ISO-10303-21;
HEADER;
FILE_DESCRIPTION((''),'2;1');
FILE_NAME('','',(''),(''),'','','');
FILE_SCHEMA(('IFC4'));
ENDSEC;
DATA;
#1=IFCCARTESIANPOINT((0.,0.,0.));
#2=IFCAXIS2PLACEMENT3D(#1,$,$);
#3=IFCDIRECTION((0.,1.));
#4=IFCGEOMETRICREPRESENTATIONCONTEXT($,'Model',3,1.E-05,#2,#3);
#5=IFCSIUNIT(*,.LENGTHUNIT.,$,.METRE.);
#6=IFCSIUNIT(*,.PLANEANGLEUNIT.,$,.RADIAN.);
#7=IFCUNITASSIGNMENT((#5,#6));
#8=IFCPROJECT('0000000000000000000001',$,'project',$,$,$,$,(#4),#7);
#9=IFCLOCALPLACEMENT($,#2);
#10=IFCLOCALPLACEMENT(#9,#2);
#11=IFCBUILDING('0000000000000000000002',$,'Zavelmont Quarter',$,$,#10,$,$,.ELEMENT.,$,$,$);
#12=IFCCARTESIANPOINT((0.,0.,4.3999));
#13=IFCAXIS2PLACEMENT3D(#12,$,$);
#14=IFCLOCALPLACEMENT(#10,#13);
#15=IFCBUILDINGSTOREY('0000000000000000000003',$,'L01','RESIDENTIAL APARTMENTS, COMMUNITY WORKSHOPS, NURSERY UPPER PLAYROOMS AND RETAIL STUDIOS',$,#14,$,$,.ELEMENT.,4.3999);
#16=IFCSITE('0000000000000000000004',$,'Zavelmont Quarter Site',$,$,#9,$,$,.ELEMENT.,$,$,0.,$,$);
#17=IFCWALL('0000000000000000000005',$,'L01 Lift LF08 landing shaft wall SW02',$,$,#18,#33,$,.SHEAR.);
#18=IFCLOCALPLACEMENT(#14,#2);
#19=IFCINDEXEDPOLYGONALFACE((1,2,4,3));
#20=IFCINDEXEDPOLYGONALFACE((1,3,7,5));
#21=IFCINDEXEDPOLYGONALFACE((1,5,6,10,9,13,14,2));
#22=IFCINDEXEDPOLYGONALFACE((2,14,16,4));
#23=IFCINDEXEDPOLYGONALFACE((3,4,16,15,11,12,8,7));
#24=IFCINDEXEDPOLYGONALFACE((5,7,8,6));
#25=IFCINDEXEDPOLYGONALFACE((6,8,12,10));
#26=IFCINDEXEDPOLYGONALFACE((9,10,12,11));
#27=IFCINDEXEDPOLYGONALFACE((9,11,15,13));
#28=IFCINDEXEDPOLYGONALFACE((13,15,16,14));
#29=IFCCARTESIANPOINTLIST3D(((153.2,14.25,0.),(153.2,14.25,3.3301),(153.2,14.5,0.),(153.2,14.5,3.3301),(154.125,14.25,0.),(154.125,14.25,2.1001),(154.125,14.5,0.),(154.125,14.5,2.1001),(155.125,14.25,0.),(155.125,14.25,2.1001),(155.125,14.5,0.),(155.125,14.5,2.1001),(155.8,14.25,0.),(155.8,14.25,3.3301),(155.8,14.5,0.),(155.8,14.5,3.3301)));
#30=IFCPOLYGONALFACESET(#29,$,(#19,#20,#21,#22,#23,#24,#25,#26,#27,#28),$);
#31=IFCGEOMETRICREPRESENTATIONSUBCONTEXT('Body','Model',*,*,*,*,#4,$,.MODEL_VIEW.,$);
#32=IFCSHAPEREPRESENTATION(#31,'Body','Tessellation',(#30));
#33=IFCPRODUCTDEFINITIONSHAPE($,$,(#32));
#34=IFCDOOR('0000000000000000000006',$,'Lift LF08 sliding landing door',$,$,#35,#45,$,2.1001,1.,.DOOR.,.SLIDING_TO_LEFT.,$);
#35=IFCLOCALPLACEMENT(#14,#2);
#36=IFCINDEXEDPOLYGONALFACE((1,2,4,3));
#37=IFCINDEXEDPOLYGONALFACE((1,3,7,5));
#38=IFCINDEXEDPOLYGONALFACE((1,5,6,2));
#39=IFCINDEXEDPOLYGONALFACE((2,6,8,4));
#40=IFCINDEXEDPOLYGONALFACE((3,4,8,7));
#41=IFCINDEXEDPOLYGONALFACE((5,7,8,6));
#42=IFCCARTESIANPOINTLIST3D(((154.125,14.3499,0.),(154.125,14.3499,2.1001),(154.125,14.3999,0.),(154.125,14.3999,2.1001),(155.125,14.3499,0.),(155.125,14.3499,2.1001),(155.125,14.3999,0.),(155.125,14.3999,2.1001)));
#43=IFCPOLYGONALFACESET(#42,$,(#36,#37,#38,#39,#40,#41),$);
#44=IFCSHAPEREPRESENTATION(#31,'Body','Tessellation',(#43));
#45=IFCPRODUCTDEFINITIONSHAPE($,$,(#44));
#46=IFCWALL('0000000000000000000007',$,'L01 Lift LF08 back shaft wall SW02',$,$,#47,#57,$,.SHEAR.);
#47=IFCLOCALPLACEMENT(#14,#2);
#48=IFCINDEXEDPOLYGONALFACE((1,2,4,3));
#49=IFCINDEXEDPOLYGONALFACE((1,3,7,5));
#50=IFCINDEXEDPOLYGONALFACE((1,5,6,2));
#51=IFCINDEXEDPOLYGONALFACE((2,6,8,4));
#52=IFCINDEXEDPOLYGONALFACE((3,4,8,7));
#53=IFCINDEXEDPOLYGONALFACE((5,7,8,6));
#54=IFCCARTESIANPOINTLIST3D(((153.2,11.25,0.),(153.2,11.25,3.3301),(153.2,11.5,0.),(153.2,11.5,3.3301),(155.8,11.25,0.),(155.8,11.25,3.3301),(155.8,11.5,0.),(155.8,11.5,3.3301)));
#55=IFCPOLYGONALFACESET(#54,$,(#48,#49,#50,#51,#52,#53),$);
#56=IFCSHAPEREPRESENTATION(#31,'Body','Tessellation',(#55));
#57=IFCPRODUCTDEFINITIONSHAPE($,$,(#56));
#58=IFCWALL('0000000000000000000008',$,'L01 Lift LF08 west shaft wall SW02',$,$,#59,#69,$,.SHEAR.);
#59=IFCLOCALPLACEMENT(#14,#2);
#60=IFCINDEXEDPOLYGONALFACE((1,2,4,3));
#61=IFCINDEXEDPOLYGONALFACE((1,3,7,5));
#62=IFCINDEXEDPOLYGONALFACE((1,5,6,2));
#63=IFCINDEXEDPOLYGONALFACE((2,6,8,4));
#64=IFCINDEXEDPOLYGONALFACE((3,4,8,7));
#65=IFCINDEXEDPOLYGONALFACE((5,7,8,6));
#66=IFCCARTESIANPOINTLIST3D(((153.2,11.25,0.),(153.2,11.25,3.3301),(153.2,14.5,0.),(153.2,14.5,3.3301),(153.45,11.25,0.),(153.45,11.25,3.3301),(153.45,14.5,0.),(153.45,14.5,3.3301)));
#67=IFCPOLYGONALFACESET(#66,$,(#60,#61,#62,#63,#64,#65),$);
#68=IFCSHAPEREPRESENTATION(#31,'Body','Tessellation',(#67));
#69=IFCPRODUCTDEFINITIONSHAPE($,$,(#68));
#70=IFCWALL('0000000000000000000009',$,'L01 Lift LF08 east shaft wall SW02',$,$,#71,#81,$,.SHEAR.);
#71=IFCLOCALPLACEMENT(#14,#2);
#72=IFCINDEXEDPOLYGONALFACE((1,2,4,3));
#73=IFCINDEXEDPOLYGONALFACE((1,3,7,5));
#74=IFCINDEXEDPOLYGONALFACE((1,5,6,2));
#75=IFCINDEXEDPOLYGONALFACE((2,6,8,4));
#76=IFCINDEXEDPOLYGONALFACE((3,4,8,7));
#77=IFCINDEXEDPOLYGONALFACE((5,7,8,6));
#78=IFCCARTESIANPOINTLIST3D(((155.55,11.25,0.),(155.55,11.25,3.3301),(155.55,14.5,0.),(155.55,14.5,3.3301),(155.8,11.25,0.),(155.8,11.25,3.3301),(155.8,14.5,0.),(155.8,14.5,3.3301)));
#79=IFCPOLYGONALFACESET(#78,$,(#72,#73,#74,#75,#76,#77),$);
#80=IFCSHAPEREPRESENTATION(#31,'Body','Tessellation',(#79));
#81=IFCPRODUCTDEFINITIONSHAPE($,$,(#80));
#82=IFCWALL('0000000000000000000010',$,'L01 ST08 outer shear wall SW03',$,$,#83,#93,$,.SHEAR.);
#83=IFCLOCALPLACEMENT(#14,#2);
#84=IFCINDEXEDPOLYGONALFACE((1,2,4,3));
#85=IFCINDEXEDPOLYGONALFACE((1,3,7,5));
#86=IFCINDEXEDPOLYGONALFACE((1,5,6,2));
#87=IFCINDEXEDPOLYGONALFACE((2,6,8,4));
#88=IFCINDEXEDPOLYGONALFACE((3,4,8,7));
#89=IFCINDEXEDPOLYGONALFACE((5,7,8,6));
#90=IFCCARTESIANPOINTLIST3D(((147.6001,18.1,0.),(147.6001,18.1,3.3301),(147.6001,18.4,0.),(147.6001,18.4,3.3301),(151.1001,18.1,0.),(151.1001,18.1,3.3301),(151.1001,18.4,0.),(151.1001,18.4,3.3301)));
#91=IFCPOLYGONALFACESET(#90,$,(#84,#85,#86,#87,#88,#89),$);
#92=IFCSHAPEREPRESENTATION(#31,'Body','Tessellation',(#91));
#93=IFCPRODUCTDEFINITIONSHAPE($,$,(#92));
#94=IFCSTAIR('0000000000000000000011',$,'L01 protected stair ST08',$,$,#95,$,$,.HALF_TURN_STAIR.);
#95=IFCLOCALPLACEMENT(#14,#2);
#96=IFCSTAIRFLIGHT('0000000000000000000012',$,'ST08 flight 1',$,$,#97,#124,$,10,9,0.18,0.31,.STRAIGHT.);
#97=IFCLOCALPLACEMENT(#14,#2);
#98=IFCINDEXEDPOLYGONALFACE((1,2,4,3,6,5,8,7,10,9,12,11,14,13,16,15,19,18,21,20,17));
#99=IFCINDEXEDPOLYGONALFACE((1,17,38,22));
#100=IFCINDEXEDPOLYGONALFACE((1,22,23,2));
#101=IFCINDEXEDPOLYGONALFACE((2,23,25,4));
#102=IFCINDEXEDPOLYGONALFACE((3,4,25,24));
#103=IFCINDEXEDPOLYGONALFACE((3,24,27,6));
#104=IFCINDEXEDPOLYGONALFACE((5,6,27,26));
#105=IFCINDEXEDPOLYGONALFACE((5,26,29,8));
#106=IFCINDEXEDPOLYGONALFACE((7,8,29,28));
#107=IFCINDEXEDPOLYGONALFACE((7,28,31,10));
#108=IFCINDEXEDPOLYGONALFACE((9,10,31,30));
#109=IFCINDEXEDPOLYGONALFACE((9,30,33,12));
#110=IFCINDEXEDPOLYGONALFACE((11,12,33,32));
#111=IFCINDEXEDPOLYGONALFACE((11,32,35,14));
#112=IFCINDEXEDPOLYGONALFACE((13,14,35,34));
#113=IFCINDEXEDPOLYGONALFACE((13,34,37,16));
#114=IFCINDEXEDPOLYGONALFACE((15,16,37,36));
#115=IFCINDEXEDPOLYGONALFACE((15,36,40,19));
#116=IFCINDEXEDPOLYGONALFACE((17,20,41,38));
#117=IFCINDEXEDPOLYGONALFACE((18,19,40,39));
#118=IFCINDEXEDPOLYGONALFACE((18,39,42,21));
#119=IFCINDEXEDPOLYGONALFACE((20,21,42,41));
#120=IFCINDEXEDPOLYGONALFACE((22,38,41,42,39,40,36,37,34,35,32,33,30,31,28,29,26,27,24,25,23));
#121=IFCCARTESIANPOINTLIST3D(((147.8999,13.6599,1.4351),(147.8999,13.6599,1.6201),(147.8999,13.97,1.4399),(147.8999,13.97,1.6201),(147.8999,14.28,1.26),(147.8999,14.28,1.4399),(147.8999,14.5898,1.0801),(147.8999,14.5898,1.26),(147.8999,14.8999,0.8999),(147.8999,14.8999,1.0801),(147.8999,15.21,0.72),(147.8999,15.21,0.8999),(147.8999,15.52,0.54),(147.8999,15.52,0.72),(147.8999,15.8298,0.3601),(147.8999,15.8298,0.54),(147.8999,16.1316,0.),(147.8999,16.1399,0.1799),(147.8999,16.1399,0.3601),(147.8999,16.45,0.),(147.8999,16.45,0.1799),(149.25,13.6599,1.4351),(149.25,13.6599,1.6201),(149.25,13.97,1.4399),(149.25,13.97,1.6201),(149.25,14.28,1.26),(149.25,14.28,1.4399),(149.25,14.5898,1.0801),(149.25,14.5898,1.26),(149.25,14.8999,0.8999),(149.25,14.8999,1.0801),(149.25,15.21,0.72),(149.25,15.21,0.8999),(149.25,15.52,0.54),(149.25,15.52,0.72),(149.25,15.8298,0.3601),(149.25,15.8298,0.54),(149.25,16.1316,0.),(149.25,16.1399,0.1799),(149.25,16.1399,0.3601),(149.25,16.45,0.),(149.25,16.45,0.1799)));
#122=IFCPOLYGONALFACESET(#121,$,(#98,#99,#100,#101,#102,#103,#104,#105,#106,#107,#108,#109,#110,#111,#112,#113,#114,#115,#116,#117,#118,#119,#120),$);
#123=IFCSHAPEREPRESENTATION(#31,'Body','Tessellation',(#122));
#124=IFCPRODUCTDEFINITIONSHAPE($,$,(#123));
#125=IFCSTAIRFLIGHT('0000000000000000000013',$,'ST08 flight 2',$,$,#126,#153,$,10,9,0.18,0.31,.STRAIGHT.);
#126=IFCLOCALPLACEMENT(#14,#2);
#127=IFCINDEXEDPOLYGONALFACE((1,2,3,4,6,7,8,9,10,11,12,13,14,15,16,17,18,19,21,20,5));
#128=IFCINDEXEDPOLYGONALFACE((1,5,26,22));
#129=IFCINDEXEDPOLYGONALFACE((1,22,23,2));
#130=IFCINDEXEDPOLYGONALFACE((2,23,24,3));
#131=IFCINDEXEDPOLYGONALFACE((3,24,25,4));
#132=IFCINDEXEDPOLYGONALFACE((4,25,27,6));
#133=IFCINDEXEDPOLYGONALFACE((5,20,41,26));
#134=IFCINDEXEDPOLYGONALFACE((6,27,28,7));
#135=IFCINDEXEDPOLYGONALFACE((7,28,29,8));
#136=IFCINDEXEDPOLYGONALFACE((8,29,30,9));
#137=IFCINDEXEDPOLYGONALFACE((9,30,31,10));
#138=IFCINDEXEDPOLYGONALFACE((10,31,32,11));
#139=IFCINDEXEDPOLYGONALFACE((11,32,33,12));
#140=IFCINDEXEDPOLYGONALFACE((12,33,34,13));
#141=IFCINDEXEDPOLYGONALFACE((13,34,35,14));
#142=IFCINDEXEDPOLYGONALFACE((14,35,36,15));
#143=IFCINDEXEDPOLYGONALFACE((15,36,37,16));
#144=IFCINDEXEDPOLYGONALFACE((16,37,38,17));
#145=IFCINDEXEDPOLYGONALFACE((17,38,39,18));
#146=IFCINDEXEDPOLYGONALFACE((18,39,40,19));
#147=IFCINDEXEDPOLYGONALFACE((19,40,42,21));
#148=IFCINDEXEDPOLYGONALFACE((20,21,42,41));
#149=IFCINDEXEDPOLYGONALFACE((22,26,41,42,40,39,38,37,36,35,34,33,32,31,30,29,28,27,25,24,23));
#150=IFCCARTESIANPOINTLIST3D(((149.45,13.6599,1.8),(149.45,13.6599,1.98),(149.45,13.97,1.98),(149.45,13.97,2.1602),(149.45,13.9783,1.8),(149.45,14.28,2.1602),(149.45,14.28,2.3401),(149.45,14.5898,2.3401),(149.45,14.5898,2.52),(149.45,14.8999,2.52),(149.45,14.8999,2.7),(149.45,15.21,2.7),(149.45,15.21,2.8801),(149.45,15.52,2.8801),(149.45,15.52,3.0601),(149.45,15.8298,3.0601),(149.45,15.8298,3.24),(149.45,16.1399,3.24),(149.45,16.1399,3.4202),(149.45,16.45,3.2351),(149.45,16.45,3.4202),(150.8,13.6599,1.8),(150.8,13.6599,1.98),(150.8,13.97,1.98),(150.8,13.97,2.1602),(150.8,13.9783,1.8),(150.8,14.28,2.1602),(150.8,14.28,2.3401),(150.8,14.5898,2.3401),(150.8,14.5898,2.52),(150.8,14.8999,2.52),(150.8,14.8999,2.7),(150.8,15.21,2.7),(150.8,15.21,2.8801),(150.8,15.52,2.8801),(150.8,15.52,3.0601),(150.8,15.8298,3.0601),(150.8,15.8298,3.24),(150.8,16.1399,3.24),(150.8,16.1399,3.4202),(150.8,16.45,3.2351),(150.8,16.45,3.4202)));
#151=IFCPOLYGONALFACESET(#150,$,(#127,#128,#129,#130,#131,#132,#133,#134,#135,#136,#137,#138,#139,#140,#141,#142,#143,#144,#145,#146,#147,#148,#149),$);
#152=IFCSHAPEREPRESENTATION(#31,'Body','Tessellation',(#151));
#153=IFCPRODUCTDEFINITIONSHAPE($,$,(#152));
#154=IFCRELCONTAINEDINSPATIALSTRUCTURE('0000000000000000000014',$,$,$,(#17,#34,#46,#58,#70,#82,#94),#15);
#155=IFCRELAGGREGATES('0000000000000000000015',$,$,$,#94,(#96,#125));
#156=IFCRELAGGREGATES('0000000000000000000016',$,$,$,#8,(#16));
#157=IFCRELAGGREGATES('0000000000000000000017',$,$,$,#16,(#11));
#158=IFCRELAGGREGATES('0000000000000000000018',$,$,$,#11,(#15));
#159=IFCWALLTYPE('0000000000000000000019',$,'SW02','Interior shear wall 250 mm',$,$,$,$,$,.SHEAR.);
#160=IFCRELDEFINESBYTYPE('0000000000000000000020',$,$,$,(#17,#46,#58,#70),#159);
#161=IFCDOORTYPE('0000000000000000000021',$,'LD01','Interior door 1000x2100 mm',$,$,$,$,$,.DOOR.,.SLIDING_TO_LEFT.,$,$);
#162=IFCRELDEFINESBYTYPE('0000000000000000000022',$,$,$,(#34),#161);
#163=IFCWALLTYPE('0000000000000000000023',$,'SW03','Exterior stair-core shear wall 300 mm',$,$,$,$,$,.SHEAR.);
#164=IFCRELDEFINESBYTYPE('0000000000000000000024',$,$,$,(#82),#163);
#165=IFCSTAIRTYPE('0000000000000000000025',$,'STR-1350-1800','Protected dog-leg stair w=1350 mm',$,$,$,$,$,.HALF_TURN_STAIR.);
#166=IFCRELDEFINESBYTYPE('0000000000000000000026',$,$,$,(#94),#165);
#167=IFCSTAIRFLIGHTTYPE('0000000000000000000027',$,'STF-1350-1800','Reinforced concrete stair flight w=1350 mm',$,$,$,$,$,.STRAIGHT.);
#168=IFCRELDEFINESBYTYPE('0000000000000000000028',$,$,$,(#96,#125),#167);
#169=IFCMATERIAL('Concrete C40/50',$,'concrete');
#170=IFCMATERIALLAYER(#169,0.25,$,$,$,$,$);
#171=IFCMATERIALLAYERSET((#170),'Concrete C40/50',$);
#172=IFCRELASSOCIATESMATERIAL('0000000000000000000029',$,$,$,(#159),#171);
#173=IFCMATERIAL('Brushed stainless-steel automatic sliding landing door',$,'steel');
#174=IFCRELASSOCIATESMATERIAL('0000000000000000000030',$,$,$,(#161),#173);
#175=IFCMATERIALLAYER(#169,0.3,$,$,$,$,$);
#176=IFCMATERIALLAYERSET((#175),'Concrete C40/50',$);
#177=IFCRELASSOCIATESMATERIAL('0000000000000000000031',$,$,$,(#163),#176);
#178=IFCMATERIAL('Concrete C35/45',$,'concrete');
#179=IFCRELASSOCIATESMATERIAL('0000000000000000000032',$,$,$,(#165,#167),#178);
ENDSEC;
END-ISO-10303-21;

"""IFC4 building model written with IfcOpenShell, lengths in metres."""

from ifc_helpers import new_model, si_unit, direction, frame, frame_2d, origin, origin_with_axes, place, context, subcontext, project, spatial, polyline, rectangle, outline, extrude, material, layer, layer_set, type_object, element, fill, aggregate, save


model = new_model("IFC4")

# Units and contexts
model_context = context("Model", 3, precision=1e-05, world=origin(), true_north=direction((0.0, 1.0)))
body_context = subcontext(model_context, "Body", "Model", "MODEL_VIEW")
ifc_project = project(units=[si_unit("LENGTHUNIT", "METRE"), si_unit("PLANEANGLEUNIT", "RADIAN")], contexts=[model_context])

# Site, building, storey
site_placement = place(None, origin())
site = spatial("IfcSite", under=ifc_project, at=site_placement, Name="Zavelmont Quarter Site", CompositionType="ELEMENT", RefElevation=0.0)
building_placement = place(site_placement, origin())
building = spatial("IfcBuilding", under=site, at=building_placement, Name="Zavelmont Quarter", CompositionType="ELEMENT")
storey_placement = place(building_placement, frame((0.0, 0.0, 4.3999)))
storey = spatial("IfcBuildingStorey", under=building, at=storey_placement, Name="L01", Description="RESIDENTIAL APARTMENTS, COMMUNITY WORKSHOPS, NURSERY UPPER PLAYROOMS AND RETAIL STUDIOS", CompositionType="ELEMENT", Elevation=4.3999)

# Shared definitions
ifc_material_1 = material(Name="Concrete C40/50", Category="concrete")

# Shared definitions
ifc_material_2 = material(Name="Concrete C35/45", Category="concrete")

# Wall, opening, door
ifc_layer_1 = layer(ifc_material_1, 0.25)
ifc_layer_set_1 = layer_set([ifc_layer_1], Name="Concrete C40/50")
wall_type_1 = type_object("IfcWallType", Name="SW02", Description="Interior shear wall 250 mm", PredefinedType="SHEAR", material=ifc_layer_set_1)
wall_1_placement = place(storey_placement, frame((153.2, 14.375, 0.0), z_axis=(0.0, 0.0, 1.0), x_axis=(1.0, 0.0, 0.0)))
wall_1 = element("IfcWall", 1, at=wall_1_placement, inside=storey, type_object=wall_type_1, Name="L01 Lift LF08 landing shaft wall SW02", PredefinedType="SHEAR", context=body_context, shape_type="SweptSolid", body=[
    extrude(rectangle(XDim=2.6001, YDim=0.25, at=frame_2d((1.3, 0.0))), origin(), (0.0, 0.0, 1.0), 3.3301),
])
opening_1_placement = place(wall_1_placement, frame((0.925, 0.0, 0.0)))
opening_1 = element("IfcOpeningElement", 2, at=opening_1_placement, cuts=wall_1, PredefinedType="OPENING", context=body_context, shape_type="SweptSolid", body=[
    extrude(rectangle(XDim=1.0, YDim=2.1001, at=frame_2d((0.5, 1.05))), frame((0.0, 0.137, 0.0), z_axis=(0.0, -1.0, 0.0), x_axis=(1.0, 0.0, 0.0)), (0.0, 0.0, 1.0), 0.2739),
])
ifc_material_3 = material(Name="Brushed stainless-steel automatic sliding landing door", Category="steel")
door_type_1 = type_object("IfcDoorType", Name="LD01", Description="Interior door 1000x2100 mm", OperationType="SLIDING_TO_LEFT", PredefinedType="DOOR", material=ifc_material_3)
door_1_placement = place(opening_1_placement, origin_with_axes())
door_1 = element("IfcDoor", 3, at=door_1_placement, inside=storey, type_object=door_type_1, Name="Lift LF08 sliding landing door", OperationType="SLIDING_TO_LEFT", OverallHeight=2.1001, OverallWidth=1.0, PredefinedType="DOOR", context=body_context, shape_type="SweptSolid", body=[
    extrude(rectangle(XDim=1.0, YDim=2.1001, at=frame_2d((0.5, 1.05))), frame((0.0, 0.0249, 0.0), z_axis=(0.0, -1.0, 0.0), x_axis=(1.0, 0.0, 0.0)), (0.0, 0.0, 1.0), 0.05),
])
fill(opening_1, door_1)

# Walls
wall_2_placement = place(storey_placement, frame((153.2, 11.375, 0.0), z_axis=(0.0, 0.0, 1.0), x_axis=(1.0, 0.0, 0.0)))
element("IfcWall", 4, at=wall_2_placement, inside=storey, type_object=wall_type_1, Name="L01 Lift LF08 back shaft wall SW02", PredefinedType="SHEAR", context=body_context, shape_type="SweptSolid", body=[
    extrude(rectangle(XDim=2.6001, YDim=0.25, at=frame_2d((1.3, 0.0))), origin(), (0.0, 0.0, 1.0), 3.3301),
])
for number, where, z_axis, x_axis, name in (
    (5, (153.325, 11.25, 0.0), (0.0, 0.0, 1.0), (0.0, 1.0, 0.0), "L01 Lift LF08 west shaft wall SW02"),
    (6, (155.675, 11.25, 0.0), (0.0, 0.0, 1.0), (0.0, 1.0, 0.0), "L01 Lift LF08 east shaft wall SW02"),
):
    element("IfcWall", number, at=place(storey_placement, frame(where, z_axis=z_axis, x_axis=x_axis)), inside=storey, type_object=wall_type_1, Name=name, PredefinedType="SHEAR", context=body_context, shape_type="SweptSolid", body=[
        extrude(rectangle(XDim=3.25, YDim=0.25, at=frame_2d((1.625, 0.0))), origin(), (0.0, 0.0, 1.0), 3.3301),
    ])
ifc_layer_2 = layer(ifc_material_1, 0.3)
ifc_layer_set_2 = layer_set([ifc_layer_2], Name="Concrete C40/50")
wall_type_2 = type_object("IfcWallType", Name="SW03", Description="Exterior stair-core shear wall 300 mm", PredefinedType="SHEAR", material=ifc_layer_set_2)
wall_3_placement = place(storey_placement, frame((147.6001, 18.25, 0.0), z_axis=(0.0, 0.0, 1.0), x_axis=(1.0, 0.0, 0.0)))
element("IfcWall", 7, at=wall_3_placement, inside=storey, type_object=wall_type_2, Name="L01 ST08 outer shear wall SW03", PredefinedType="SHEAR", context=body_context, shape_type="SweptSolid", body=[
    extrude(rectangle(XDim=3.5, YDim=0.3, at=frame_2d((1.75, 0.0))), origin(), (0.0, 0.0, 1.0), 3.3301),
])

# Stair, stair flights
stair_type = type_object("IfcStairType", Name="STR-1350-1800", Description="Protected dog-leg stair w=1350 mm", PredefinedType="HALF_TURN_STAIR", material=ifc_material_2)
stair_placement = place(storey_placement, origin())
stair = element("IfcStair", 8, at=stair_placement, inside=storey, type_object=stair_type, Name="L01 protected stair ST08", PredefinedType="HALF_TURN_STAIR")
stair_flight_type = type_object("IfcStairFlightType", Name="STF-1350-1800", Description="Reinforced concrete stair flight w=1350 mm", PredefinedType="STRAIGHT", material=ifc_material_2)
stair_flight_1_placement = place(storey_placement, frame((148.575, 16.45, 0.0), z_axis=(0.0, 0.0, 1.0), x_axis=(0.0, -1.0, 0.0)))
stair_flight_1 = element("IfcStairFlight", 9, at=stair_flight_1_placement, type_object=stair_flight_type, Name="ST08 flight 1", NumberOfRisers=10, NumberOfTreads=9, PredefinedType="STRAIGHT", RiserHeight=0.18, TreadLength=0.31, context=body_context, shape_type="SweptSolid", body=[
    extrude(outline(polyline([(0.0, 0.0), (0.0, 0.1799), (0.3101, 0.1799), (0.3101, 0.3601), (0.6201, 0.3601), (0.6201, 0.54), (0.9299, 0.54), (0.9299, 0.72), (1.24, 0.72), (1.24, 0.8999), (1.55, 0.8999), (1.55, 1.0801), (1.8601, 1.0801), (1.8601, 1.26), (2.1699, 1.26), (2.1699, 1.4399), (2.48, 1.4399), (2.48, 1.6201), (2.79, 1.6201), (2.79, 1.8), (2.79, 1.4351), (0.3184, 0.0), (0.0, 0.0)])), frame((0.0, 0.675, 0.0), z_axis=(0.0, -1.0, 0.0), x_axis=(1.0, 0.0, 0.0)), (0.0, 0.0, 1.0), 1.3501),
])
stair_flight_2_placement = place(storey_placement, frame((150.125, 13.6599, 1.8), z_axis=(0.0, 0.0, 1.0), x_axis=(0.0, 1.0, 0.0)))
stair_flight_2 = element("IfcStairFlight", 10, at=stair_flight_2_placement, type_object=stair_flight_type, Name="ST08 flight 2", NumberOfRisers=10, NumberOfTreads=9, PredefinedType="STRAIGHT", RiserHeight=0.18, TreadLength=0.31, context=body_context, shape_type="SweptSolid", body=[
    extrude(outline(polyline([(0.0, 0.0), (0.0, 0.1799), (0.3101, 0.1799), (0.3101, 0.3601), (0.6201, 0.3601), (0.6201, 0.54), (0.9299, 0.54), (0.9299, 0.72), (1.24, 0.72), (1.24, 0.8999), (1.55, 0.8999), (1.55, 1.0801), (1.8601, 1.0801), (1.8601, 1.26), (2.1699, 1.26), (2.1699, 1.4399), (2.48, 1.4399), (2.48, 1.6201), (2.79, 1.6201), (2.79, 1.8), (2.79, 1.4351), (0.3184, 0.0), (0.0, 0.0)])), frame((0.0, 0.675, 0.0), z_axis=(0.0, -1.0, 0.0), x_axis=(1.0, 0.0, 0.0)), (0.0, 0.0, 1.0), 1.3501),
])
aggregate(stair, [stair_flight_1, stair_flight_2])

save(model, "model.ifc")
